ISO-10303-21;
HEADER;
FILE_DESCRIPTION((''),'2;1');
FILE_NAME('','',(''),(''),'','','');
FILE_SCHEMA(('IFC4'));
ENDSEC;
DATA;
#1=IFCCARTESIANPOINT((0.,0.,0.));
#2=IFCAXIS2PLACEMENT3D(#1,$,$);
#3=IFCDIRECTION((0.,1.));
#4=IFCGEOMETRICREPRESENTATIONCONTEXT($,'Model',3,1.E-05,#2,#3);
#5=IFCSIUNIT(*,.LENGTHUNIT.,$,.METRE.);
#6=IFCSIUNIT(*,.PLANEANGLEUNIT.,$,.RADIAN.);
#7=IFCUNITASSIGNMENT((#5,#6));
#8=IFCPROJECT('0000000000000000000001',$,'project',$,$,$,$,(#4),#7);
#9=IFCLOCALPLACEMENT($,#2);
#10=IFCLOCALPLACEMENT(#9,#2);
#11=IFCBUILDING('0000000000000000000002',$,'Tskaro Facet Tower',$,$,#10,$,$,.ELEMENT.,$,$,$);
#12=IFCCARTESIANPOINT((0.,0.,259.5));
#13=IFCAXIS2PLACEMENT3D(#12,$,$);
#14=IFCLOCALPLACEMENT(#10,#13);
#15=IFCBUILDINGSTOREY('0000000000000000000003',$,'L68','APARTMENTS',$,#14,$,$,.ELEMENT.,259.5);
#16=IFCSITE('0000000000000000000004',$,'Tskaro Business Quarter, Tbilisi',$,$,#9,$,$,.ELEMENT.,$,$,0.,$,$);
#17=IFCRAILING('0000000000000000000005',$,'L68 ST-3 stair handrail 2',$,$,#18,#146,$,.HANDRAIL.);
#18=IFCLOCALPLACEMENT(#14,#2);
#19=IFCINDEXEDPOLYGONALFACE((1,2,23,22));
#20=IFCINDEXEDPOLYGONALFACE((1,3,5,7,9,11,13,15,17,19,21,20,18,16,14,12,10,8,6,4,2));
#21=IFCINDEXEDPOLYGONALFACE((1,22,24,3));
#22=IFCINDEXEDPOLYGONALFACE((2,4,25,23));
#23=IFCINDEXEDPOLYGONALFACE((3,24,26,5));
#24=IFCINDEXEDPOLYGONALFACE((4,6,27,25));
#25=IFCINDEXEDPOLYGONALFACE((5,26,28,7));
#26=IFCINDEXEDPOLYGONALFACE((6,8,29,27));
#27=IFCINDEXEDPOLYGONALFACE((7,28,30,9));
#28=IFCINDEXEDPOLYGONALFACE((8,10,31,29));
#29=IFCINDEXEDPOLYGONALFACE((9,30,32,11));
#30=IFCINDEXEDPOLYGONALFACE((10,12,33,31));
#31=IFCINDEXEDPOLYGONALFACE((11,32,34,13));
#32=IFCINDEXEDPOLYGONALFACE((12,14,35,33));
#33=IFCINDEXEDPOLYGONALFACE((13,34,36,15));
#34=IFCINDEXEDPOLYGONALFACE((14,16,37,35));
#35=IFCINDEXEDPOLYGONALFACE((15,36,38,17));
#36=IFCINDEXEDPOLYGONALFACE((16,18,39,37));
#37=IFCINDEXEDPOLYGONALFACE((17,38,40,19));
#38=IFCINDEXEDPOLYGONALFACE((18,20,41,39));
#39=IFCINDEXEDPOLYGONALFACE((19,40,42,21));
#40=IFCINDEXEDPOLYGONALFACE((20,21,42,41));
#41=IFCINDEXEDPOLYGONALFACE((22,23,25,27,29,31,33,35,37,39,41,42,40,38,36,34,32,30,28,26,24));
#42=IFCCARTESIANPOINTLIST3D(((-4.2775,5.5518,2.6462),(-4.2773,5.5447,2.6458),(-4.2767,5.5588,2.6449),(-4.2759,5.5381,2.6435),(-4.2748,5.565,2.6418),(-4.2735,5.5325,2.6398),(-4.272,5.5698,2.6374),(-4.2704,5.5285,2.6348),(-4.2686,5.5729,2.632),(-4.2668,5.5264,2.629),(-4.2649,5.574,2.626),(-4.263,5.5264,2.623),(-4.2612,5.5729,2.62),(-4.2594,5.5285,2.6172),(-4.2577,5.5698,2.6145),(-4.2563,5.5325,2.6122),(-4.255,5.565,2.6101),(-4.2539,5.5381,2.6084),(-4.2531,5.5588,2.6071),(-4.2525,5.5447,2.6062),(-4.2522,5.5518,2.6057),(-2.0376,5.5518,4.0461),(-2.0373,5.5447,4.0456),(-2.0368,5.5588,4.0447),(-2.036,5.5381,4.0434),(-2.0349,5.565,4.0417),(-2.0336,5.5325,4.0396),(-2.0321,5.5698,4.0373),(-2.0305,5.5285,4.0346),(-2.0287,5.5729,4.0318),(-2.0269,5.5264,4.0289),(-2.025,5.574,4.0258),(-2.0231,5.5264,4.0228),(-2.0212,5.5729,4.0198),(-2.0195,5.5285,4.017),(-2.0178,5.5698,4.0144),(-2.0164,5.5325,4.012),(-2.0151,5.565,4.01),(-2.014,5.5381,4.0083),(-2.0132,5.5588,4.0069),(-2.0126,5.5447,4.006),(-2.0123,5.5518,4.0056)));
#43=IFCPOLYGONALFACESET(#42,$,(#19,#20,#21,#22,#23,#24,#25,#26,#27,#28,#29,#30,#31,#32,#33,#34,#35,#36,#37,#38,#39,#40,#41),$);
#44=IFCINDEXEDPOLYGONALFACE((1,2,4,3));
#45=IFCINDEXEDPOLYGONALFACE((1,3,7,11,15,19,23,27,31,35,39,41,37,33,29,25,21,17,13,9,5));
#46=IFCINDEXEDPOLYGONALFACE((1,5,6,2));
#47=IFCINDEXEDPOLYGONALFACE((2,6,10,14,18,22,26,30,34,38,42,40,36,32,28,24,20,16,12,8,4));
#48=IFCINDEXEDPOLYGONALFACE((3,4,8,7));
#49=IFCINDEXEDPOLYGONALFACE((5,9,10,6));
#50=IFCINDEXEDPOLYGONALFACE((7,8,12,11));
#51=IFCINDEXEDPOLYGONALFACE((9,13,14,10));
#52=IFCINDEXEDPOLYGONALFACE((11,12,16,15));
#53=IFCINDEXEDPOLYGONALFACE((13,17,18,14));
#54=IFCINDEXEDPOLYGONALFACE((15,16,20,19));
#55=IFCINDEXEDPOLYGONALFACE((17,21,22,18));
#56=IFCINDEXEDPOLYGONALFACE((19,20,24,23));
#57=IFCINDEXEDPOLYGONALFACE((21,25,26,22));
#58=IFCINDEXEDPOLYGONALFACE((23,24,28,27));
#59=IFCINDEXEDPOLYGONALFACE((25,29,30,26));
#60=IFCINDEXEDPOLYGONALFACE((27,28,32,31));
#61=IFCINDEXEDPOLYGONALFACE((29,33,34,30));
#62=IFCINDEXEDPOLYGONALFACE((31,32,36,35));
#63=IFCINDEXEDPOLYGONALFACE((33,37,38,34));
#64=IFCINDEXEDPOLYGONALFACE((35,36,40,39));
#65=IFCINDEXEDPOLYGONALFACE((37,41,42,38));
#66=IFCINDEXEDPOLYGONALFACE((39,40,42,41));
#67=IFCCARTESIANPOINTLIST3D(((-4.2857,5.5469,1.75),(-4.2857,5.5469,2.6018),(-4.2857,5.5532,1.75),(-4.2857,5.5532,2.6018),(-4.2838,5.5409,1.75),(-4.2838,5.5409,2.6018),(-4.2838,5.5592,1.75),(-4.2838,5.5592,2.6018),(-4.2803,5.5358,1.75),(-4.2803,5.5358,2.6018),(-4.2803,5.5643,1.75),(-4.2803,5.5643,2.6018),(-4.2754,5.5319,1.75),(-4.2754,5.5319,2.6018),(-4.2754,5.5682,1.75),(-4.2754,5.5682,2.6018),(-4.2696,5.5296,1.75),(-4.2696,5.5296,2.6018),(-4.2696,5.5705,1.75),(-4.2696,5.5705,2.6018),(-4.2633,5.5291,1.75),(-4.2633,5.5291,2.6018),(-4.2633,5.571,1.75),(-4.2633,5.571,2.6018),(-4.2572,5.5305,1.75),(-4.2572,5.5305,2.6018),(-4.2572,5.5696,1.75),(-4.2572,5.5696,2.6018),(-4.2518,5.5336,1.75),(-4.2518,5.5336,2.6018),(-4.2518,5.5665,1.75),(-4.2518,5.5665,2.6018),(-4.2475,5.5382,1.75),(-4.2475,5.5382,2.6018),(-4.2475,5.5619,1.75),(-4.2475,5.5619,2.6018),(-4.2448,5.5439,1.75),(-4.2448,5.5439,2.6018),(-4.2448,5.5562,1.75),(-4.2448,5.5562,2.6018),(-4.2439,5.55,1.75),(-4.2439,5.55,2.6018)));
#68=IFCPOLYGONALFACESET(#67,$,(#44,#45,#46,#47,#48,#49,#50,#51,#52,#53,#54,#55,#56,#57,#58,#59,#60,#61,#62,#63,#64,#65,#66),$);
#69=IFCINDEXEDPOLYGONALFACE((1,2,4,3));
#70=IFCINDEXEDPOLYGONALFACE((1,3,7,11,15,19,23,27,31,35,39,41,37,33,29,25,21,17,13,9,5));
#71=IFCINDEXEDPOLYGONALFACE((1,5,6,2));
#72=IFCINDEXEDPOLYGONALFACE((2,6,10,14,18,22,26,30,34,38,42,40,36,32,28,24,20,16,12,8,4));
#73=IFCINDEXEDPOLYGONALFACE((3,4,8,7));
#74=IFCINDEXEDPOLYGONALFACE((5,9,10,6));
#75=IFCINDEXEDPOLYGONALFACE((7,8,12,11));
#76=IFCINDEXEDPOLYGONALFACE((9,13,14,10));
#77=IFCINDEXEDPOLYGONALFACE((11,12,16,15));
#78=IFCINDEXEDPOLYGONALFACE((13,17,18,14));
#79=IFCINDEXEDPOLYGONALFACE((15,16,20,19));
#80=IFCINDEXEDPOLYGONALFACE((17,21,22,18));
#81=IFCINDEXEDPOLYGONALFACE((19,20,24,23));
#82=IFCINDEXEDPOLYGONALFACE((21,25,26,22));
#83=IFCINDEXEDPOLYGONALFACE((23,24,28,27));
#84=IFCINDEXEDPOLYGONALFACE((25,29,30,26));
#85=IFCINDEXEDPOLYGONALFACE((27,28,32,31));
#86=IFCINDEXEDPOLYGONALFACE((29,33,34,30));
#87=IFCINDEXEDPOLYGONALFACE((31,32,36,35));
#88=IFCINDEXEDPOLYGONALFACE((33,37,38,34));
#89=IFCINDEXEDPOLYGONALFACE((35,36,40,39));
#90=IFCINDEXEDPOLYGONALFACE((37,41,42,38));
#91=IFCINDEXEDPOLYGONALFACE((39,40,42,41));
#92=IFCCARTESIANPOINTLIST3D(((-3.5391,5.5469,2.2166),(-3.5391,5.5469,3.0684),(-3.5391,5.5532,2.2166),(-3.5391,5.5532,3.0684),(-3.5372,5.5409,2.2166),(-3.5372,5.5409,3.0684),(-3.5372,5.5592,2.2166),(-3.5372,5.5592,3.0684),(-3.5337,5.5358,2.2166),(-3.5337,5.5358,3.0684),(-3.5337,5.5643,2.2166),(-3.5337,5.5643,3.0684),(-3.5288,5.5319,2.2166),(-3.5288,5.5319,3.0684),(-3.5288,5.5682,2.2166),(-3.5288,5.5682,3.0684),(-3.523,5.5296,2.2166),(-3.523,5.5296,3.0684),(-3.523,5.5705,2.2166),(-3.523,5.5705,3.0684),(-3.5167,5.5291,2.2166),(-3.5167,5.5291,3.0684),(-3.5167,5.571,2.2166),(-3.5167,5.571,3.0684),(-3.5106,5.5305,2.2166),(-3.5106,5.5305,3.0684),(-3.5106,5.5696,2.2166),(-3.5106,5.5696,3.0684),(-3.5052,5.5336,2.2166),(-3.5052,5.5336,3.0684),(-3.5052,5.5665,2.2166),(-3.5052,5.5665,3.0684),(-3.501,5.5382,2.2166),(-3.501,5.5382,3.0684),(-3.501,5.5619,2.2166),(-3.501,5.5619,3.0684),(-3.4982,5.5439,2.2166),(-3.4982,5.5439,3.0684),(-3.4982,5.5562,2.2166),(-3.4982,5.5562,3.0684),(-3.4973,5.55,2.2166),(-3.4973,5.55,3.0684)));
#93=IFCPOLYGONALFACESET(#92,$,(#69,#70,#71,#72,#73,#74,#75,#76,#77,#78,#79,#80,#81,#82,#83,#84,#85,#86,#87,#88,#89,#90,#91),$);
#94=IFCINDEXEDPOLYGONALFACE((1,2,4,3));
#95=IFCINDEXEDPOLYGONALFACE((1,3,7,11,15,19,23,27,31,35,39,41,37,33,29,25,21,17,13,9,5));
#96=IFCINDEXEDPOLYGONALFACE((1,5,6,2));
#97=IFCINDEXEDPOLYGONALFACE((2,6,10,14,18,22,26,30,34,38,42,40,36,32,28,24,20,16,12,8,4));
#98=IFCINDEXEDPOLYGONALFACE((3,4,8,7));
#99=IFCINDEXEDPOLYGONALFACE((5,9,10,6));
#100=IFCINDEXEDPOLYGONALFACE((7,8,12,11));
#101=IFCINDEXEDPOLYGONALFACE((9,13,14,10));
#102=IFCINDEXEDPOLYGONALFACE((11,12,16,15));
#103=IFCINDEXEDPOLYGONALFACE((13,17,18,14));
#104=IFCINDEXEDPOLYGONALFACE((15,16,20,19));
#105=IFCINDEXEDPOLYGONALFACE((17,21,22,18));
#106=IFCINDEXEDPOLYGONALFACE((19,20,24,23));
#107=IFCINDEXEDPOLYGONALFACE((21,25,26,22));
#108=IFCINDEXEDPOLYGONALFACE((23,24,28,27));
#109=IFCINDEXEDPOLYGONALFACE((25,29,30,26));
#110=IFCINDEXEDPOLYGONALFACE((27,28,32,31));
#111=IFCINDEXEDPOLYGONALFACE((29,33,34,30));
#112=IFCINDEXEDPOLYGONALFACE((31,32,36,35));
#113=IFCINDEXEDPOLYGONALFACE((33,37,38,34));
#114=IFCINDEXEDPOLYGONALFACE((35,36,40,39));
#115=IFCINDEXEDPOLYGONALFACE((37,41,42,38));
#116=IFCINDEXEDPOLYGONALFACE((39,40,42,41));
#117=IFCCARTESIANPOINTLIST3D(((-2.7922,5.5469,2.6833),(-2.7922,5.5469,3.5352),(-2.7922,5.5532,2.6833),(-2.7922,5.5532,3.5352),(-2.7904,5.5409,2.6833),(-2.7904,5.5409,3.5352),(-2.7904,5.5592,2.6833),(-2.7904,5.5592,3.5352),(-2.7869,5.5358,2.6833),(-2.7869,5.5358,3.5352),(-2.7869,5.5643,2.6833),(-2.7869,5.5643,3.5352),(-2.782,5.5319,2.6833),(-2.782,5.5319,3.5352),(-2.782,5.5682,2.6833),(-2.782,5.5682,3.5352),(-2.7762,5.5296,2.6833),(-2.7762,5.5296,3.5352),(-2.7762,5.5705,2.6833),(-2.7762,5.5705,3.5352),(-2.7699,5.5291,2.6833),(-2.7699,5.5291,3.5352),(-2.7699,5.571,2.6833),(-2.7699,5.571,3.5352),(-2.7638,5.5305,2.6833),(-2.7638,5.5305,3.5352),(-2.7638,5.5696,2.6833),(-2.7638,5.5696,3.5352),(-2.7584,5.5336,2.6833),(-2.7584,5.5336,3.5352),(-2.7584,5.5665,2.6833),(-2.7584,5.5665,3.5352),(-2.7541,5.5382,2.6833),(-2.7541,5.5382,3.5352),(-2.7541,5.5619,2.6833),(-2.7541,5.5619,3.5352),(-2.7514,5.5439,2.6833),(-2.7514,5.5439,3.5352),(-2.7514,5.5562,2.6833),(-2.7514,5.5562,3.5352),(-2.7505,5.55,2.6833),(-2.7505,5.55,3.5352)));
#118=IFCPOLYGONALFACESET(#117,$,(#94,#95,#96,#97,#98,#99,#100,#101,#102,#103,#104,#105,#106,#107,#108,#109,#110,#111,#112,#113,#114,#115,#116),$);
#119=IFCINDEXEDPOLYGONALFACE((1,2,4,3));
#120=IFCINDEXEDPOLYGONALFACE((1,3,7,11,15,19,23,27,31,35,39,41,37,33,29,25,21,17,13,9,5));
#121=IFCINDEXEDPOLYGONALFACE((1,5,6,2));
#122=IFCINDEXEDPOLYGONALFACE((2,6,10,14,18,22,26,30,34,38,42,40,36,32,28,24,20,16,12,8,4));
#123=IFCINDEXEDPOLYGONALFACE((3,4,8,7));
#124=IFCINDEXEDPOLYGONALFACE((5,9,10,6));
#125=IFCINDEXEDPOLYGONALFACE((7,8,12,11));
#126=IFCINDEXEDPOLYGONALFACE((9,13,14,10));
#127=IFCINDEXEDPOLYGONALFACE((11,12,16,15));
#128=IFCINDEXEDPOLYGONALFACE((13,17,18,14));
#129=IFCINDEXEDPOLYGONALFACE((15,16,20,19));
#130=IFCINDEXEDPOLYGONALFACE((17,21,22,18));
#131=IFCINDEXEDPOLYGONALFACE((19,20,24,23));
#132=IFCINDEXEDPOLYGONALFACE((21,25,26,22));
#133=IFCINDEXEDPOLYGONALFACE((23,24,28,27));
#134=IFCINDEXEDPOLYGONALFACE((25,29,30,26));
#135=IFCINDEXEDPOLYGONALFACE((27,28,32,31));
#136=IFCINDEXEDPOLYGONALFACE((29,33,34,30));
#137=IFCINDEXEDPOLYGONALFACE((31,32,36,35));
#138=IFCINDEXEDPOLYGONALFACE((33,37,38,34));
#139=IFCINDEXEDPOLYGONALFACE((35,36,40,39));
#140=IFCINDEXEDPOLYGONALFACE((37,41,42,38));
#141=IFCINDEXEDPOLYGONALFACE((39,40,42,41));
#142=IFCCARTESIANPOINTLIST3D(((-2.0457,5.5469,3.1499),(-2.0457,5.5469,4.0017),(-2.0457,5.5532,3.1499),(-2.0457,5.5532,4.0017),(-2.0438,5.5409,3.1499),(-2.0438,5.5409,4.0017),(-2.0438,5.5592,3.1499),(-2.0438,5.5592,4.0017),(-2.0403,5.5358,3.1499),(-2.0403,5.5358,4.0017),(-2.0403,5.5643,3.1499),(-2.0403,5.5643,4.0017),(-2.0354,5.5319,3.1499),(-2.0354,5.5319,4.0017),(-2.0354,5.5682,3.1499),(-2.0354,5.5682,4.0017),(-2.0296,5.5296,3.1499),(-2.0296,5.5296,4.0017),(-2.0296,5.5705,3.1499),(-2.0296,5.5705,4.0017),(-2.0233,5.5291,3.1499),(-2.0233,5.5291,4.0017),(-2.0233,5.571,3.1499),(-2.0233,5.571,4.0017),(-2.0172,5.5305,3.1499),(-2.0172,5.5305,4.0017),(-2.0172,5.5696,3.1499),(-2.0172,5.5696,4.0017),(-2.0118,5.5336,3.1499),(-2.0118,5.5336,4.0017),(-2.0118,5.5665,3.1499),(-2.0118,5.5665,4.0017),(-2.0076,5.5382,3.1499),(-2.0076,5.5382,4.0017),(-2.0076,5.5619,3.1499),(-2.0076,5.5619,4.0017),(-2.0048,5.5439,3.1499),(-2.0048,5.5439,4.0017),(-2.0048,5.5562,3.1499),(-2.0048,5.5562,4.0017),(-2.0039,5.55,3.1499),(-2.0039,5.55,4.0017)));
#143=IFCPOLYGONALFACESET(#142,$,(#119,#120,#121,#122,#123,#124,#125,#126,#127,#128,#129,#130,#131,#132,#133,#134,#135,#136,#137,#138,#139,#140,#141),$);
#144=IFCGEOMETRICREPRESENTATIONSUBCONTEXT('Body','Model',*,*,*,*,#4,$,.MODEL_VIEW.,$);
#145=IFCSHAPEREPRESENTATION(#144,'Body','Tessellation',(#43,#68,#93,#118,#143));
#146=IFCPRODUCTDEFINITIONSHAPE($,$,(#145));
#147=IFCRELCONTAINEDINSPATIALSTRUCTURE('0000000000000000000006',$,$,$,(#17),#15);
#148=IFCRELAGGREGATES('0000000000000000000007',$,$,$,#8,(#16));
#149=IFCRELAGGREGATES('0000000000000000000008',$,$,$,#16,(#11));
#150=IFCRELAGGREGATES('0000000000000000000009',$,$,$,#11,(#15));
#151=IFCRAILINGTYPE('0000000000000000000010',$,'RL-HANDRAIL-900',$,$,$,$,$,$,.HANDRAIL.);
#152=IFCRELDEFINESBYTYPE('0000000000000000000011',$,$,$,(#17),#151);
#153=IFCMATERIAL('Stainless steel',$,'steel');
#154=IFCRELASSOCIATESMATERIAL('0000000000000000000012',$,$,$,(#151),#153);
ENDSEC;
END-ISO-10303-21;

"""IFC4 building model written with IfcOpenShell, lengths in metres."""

from ifc_helpers import new_model, si_unit, direction, frame, origin, origin_2d, place, context, subcontext, project, spatial, circle, extrude, material, type_object, element, save


model = new_model("IFC4")

# Units and contexts
model_context = context("Model", 3, precision=1e-05, world=origin(), true_north=direction((0.0, 1.0)))
body_context = subcontext(model_context, "Body", "Model", "MODEL_VIEW")
ifc_project = project(units=[si_unit("LENGTHUNIT", "METRE"), si_unit("PLANEANGLEUNIT", "RADIAN")], contexts=[model_context])

# Site, building, storey
site_placement = place(None, origin())
site = spatial("IfcSite", under=ifc_project, at=site_placement, Name="Tskaro Business Quarter, Tbilisi", CompositionType="ELEMENT", RefElevation=0.0)
building_placement = place(site_placement, origin())
building = spatial("IfcBuilding", under=site, at=building_placement, Name="Tskaro Facet Tower", CompositionType="ELEMENT")
storey_placement = place(building_placement, frame((0.0, 0.0, 259.5)))
storey = spatial("IfcBuildingStorey", under=building, at=storey_placement, Name="L68", Description="APARTMENTS", CompositionType="ELEMENT", Elevation=259.5)

# Railing
ifc_material_1 = material(Name="Stainless steel", Category="steel")
railing_type_1 = type_object("IfcRailingType", Name="RL-HANDRAIL-900", PredefinedType="HANDRAIL", material=ifc_material_1)
railing_1_placement = place(storey_placement, frame((-4.2649, 5.55, 1.75)))
element("IfcRailing", 1, at=railing_1_placement, inside=storey, type_object=railing_type_1, Name="L68 ST-3 stair handrail 2", PredefinedType="HANDRAIL", context=body_context, shape_type="SweptSolid", body=[
    extrude(circle(Radius=0.0239, at=origin_2d()), frame((0.0, 0.0, 0.876), z_axis=(0.848014, 0.0, 0.529974), x_axis=(0.0, 1.0, 0.0)), (0.0, 0.0, 1.0), 2.6414),
    extrude(circle(Radius=0.021, at=origin_2d()), origin(), (0.0, 0.0, 1.0), 0.8518),
    extrude(circle(Radius=0.021, at=origin_2d()), frame((0.7466, 0.0, 0.4666)), (0.0, 0.0, 1.0), 0.8518),
    extrude(circle(Radius=0.021, at=origin_2d()), frame((1.4934, 0.0, 0.9333)), (0.0, 0.0, 1.0), 0.8518),
    extrude(circle(Radius=0.021, at=origin_2d()), frame((2.24, 0.0, 1.3999)), (0.0, 0.0, 1.0), 0.8518),
])

save(model, "model.ifc")
